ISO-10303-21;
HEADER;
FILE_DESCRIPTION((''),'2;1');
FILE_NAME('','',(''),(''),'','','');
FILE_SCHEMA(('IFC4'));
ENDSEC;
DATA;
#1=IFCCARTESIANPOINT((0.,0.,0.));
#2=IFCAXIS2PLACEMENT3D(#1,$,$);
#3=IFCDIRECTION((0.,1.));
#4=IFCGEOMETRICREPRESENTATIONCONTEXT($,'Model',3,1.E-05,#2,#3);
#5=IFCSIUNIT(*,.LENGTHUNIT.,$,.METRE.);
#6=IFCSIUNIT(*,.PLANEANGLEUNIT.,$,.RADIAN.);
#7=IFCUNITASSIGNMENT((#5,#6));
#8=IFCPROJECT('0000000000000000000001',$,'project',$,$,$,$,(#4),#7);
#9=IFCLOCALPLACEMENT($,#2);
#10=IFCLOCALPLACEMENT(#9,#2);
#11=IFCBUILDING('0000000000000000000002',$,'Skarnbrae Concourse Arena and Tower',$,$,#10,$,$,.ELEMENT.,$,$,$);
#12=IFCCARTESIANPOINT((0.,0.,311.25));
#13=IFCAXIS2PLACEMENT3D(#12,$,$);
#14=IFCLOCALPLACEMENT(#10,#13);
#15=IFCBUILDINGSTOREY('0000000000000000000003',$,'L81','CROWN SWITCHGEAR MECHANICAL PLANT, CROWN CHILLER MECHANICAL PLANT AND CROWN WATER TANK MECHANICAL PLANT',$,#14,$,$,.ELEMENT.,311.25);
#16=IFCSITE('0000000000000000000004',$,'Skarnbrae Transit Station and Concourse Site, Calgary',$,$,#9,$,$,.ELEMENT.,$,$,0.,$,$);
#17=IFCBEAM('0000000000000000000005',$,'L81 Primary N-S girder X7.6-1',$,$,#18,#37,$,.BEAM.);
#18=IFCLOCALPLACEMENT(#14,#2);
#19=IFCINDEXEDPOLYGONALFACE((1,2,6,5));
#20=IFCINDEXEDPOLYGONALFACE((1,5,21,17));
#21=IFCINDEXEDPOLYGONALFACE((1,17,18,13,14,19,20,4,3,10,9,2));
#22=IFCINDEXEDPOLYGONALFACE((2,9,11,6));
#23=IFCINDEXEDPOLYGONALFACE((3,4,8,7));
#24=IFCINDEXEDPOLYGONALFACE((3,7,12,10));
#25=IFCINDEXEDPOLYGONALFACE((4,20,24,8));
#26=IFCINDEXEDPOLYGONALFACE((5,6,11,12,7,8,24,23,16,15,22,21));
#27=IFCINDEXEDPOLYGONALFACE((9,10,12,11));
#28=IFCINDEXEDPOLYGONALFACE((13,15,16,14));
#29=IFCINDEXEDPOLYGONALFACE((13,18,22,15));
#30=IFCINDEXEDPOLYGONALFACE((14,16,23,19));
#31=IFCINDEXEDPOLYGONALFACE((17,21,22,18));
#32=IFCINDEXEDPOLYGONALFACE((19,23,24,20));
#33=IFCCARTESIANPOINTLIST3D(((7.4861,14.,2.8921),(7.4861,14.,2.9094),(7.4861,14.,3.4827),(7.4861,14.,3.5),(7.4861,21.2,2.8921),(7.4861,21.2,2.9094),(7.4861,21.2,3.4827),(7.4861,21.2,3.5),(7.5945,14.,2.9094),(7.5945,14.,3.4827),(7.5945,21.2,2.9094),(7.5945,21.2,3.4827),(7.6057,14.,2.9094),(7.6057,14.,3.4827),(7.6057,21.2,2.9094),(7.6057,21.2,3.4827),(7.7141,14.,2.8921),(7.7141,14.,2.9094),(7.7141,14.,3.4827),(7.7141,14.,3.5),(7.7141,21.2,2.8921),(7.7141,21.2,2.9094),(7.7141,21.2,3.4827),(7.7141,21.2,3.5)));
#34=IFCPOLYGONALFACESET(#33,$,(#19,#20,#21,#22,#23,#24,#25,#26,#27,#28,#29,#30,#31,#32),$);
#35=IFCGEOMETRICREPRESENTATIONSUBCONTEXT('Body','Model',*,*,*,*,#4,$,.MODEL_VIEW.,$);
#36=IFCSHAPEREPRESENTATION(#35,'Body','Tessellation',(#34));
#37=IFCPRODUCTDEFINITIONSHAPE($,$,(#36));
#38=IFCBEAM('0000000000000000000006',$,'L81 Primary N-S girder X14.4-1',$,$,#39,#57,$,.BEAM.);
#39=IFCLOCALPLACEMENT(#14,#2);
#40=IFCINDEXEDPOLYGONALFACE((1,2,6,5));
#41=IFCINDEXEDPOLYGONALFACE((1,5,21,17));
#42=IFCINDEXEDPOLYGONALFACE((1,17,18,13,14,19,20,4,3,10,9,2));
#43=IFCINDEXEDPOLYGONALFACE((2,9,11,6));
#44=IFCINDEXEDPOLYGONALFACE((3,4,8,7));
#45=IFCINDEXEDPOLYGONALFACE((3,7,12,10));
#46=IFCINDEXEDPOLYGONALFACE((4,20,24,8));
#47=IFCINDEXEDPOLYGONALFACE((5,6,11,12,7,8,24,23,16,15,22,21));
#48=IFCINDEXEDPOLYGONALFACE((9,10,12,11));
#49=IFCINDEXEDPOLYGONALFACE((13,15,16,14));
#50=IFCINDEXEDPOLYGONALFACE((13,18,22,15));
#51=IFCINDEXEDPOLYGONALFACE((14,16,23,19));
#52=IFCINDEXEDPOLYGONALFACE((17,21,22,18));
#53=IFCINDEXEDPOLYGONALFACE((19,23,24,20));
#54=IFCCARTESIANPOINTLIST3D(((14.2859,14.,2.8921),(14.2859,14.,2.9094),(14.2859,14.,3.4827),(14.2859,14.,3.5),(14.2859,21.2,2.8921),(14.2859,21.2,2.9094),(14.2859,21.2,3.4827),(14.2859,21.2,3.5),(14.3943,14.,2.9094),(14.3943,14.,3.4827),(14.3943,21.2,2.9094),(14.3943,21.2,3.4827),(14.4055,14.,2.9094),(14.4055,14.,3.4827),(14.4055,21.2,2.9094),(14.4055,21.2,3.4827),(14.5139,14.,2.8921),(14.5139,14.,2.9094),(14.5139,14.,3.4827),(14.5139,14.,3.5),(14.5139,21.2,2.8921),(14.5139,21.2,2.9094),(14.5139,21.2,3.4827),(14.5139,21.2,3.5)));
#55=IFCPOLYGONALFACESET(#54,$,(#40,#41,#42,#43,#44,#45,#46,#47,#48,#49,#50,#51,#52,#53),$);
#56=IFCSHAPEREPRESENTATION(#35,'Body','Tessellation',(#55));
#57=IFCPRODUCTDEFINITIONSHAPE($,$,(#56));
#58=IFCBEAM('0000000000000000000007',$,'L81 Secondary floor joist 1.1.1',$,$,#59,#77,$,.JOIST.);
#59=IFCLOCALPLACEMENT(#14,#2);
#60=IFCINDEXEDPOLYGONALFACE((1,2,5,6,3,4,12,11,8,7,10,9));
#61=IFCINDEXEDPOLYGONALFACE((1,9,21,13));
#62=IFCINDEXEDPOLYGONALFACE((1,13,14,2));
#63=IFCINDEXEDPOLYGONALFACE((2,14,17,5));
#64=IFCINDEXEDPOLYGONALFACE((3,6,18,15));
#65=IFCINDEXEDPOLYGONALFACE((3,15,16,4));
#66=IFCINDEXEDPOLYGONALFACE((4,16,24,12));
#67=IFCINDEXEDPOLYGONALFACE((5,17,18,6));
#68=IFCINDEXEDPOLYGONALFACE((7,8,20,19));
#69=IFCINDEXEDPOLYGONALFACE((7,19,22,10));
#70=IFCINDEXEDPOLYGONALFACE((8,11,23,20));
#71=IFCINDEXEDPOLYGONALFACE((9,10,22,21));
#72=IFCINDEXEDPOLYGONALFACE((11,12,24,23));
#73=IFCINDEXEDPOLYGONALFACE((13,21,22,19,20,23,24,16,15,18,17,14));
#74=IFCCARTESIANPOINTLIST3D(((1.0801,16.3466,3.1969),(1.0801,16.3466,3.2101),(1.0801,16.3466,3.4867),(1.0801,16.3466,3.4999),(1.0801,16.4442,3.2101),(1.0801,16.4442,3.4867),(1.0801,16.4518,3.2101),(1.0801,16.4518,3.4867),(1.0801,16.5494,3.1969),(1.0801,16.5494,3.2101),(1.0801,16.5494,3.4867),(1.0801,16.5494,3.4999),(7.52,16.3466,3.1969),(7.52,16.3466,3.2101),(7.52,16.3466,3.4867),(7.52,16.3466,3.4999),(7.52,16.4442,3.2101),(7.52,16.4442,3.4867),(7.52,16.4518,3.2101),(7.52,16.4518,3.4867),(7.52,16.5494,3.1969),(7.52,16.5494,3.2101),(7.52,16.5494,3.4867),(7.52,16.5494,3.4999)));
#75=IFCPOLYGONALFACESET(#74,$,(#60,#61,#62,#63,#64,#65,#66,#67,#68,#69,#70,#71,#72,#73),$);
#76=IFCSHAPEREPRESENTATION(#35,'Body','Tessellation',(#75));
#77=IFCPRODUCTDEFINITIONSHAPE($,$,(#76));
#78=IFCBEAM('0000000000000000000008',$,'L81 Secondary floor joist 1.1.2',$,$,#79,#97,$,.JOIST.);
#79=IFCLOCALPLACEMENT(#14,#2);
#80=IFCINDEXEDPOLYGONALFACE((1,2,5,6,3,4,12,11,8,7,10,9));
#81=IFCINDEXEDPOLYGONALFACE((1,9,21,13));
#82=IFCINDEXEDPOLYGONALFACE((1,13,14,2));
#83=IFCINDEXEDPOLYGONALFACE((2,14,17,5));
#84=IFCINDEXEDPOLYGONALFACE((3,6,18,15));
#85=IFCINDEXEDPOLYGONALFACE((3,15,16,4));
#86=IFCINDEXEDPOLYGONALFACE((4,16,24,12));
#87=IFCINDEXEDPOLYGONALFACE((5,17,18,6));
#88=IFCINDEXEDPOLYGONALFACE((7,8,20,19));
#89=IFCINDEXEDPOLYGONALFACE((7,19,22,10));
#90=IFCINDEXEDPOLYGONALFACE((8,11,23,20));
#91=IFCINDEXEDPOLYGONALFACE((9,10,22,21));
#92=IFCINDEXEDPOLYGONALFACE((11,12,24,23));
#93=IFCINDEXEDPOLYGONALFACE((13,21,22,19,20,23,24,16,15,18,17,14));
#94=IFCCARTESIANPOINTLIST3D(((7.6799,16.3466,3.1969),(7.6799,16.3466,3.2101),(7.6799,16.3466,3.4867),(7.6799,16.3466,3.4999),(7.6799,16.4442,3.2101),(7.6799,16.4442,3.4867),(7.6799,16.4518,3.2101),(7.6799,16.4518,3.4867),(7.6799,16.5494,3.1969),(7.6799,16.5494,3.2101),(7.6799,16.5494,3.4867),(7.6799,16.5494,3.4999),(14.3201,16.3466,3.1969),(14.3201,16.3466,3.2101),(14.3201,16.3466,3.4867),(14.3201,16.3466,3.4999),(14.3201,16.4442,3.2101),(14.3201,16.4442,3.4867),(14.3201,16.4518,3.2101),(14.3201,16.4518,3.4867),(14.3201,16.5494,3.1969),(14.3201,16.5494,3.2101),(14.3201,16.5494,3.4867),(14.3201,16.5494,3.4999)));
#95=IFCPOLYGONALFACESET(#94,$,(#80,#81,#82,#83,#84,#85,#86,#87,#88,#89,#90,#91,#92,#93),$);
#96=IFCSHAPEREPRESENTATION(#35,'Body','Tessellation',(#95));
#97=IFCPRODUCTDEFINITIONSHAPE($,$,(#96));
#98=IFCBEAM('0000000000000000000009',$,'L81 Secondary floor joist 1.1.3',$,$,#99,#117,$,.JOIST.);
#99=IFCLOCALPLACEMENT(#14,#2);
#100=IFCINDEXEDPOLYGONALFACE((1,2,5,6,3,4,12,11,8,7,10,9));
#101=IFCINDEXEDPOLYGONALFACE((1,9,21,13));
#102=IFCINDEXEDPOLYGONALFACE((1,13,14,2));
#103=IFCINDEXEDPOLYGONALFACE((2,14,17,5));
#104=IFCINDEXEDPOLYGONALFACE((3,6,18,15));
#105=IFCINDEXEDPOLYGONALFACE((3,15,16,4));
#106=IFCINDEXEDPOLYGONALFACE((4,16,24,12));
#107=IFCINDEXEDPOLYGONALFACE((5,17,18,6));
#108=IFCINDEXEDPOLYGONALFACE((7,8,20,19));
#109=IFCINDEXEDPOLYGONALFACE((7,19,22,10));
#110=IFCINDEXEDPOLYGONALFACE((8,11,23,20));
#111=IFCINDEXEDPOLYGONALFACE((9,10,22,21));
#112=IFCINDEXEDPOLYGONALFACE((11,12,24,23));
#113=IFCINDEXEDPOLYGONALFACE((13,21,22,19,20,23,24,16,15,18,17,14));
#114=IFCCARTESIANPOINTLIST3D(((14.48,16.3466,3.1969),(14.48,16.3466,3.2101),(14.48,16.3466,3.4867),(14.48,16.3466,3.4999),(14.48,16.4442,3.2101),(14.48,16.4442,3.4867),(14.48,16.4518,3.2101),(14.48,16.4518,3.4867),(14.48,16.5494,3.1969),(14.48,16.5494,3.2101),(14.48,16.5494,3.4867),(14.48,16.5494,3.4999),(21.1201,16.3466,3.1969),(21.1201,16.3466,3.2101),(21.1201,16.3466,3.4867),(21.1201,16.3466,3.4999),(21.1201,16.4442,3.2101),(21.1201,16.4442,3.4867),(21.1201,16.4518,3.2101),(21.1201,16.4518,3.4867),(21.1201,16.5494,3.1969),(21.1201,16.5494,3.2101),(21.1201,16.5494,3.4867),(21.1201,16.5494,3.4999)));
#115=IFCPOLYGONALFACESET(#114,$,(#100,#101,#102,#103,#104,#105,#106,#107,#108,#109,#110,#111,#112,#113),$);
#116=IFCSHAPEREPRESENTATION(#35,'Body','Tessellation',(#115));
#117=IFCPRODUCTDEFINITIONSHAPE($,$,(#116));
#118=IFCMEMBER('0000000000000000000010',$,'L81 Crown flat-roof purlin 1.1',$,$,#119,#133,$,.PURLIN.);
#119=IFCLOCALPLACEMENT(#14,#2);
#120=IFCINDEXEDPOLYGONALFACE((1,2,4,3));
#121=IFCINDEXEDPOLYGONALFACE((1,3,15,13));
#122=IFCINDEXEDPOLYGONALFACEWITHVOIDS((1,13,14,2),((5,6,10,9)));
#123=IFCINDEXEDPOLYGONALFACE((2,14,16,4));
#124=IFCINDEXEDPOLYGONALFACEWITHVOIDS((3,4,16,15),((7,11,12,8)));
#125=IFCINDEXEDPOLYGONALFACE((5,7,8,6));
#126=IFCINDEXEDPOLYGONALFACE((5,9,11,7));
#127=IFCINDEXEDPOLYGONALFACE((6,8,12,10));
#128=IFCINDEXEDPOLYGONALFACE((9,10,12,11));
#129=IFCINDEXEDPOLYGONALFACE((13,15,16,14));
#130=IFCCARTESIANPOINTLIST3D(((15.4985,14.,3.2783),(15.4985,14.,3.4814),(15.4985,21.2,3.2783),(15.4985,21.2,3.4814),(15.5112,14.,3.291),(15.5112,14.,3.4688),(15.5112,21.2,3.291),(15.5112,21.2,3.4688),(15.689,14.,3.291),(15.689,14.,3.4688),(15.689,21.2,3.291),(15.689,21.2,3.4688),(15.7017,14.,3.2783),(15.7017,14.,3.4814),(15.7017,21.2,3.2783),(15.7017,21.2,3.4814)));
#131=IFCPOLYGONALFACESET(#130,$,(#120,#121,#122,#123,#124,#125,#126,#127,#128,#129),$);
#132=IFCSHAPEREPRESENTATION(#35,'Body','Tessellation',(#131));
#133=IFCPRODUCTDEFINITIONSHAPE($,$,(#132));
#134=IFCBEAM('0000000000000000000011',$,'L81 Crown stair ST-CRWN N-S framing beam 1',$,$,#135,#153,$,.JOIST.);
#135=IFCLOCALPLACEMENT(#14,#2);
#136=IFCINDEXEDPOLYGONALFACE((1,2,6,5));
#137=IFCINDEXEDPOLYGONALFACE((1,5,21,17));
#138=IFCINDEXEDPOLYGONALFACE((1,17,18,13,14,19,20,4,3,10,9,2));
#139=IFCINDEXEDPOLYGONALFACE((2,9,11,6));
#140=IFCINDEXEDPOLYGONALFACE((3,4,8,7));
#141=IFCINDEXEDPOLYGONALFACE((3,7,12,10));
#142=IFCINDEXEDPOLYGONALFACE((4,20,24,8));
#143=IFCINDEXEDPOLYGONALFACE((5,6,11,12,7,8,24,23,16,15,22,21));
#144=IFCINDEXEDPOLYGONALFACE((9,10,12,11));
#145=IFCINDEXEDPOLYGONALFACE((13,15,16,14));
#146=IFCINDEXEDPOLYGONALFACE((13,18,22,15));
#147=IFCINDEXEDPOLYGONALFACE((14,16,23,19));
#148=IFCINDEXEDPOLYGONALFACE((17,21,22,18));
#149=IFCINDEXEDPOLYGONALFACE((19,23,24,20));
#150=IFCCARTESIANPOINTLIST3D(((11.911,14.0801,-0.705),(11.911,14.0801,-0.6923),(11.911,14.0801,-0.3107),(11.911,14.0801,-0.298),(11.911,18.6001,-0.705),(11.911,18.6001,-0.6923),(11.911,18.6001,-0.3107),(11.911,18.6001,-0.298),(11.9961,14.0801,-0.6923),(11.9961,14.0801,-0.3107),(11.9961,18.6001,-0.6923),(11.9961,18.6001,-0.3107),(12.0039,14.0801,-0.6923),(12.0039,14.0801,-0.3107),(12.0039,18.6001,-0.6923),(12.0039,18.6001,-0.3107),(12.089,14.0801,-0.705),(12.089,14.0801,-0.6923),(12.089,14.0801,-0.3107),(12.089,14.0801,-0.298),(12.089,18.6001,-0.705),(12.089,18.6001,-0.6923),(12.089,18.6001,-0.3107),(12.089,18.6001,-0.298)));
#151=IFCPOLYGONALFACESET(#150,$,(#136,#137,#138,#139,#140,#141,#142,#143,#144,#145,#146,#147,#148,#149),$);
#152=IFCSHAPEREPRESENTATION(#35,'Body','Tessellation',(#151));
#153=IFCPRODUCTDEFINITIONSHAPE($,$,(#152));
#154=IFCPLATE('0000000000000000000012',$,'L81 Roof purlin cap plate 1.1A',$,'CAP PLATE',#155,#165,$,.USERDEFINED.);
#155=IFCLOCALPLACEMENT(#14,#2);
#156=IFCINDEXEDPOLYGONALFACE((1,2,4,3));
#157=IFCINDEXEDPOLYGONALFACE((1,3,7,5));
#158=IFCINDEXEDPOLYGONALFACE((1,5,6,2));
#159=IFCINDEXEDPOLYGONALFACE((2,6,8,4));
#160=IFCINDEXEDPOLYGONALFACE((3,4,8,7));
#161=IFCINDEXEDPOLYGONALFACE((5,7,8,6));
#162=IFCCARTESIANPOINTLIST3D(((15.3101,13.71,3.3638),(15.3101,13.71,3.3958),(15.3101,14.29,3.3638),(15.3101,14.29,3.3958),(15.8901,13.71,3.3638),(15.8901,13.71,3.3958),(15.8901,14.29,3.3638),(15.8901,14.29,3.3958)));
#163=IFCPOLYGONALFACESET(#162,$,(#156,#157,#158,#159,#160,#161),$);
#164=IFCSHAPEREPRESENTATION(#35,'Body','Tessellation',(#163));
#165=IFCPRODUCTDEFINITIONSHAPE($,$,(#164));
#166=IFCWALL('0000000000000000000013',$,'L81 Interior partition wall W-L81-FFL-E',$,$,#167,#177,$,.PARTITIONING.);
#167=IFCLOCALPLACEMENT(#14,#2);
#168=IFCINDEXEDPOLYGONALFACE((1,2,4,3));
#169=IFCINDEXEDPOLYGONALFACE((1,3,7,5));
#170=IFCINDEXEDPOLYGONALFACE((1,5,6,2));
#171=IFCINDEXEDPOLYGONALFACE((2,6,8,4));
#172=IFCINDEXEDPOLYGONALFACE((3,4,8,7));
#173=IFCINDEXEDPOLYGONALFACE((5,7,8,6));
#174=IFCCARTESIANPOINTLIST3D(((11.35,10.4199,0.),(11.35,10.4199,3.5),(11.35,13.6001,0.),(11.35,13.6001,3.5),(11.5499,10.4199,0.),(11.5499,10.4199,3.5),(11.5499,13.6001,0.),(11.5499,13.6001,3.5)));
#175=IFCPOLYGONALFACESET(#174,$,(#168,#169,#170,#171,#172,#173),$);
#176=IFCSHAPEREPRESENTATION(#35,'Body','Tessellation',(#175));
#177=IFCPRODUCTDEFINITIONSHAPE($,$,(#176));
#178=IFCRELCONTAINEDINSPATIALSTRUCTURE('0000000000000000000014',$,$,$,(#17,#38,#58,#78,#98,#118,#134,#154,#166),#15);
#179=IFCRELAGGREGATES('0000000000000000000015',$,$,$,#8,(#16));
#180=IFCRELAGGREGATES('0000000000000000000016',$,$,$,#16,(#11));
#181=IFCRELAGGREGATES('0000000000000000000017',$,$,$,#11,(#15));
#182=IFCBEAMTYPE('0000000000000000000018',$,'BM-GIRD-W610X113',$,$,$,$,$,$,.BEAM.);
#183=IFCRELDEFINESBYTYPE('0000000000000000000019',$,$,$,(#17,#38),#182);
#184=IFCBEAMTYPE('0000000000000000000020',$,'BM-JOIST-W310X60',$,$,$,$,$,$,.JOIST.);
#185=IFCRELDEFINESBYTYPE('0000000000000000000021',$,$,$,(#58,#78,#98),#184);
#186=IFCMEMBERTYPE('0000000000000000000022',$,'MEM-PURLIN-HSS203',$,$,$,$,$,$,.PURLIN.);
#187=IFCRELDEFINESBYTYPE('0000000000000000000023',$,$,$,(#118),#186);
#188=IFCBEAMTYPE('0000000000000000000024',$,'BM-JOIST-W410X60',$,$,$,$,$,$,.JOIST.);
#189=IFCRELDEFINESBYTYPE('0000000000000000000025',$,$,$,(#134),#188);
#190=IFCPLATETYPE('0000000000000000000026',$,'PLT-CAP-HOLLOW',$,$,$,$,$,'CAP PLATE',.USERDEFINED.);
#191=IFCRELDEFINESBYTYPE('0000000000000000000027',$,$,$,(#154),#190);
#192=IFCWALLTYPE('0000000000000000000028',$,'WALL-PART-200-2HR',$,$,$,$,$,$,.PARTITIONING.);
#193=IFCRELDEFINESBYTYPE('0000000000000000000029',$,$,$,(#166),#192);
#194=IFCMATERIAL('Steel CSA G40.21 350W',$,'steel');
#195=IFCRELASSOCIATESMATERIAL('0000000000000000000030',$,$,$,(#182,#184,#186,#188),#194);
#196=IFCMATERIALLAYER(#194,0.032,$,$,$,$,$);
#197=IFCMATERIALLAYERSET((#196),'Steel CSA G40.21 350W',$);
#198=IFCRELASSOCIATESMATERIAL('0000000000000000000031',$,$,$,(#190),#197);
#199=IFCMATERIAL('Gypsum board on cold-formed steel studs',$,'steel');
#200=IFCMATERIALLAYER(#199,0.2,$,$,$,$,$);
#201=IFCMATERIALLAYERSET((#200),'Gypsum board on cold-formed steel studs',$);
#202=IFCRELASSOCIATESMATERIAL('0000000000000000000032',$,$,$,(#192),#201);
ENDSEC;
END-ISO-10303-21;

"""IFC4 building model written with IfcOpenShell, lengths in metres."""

from ifc_helpers import new_model, si_unit, direction, frame, frame_2d, origin, origin_2d, place, context, subcontext, project, spatial, rectangle, hollow_rectangle, i_section, extrude, source, transform, mapped, material, layer, layer_set, material_profile, profile_set, type_object, element, save


model = new_model("IFC4")

# Units and contexts
model_context = context("Model", 3, precision=1e-05, world=origin(), true_north=direction((0.0, 1.0)))
body_context = subcontext(model_context, "Body", "Model", "MODEL_VIEW")
ifc_project = project(units=[si_unit("LENGTHUNIT", "METRE"), si_unit("PLANEANGLEUNIT", "RADIAN")], contexts=[model_context])

# Site, building, storey
site_placement = place(None, origin())
site = spatial("IfcSite", under=ifc_project, at=site_placement, Name="Skarnbrae Transit Station and Concourse Site, Calgary", CompositionType="ELEMENT", RefElevation=0.0)
building_placement = place(site_placement, origin())
building = spatial("IfcBuilding", under=site, at=building_placement, Name="Skarnbrae Concourse Arena and Tower", CompositionType="ELEMENT")
storey_placement = place(building_placement, frame((0.0, 0.0, 311.25)))
storey = spatial("IfcBuildingStorey", under=building, at=storey_placement, Name="L81", Description="CROWN SWITCHGEAR MECHANICAL PLANT, CROWN CHILLER MECHANICAL PLANT AND CROWN WATER TANK MECHANICAL PLANT", CompositionType="ELEMENT", Elevation=311.25)

# Shared definitions
ifc_material_1 = material(Name="Steel CSA G40.21 350W", Category="steel")

# Beams
ifc_material_profile_1 = material_profile(ifc_material_1, i_section(OverallWidth=0.228, OverallDepth=0.6079, WebThickness=0.0112, FlangeThickness=0.0173, at=origin_2d()), Name="W610X113")
ifc_profile_set_1 = profile_set([ifc_material_profile_1], Name="Steel CSA G40.21 350W")
beam_type_1 = type_object("IfcBeamType", Name="BM-GIRD-W610X113", PredefinedType="BEAM", material=ifc_profile_set_1)
shared_shape_1 = source(origin(), body_context, "Body", "SweptSolid", [
    extrude(i_section(OverallWidth=0.228, OverallDepth=0.6079, WebThickness=0.0112, FlangeThickness=0.0173, at=origin_2d()), origin(), (0.0, 0.0, 1.0), 7.2),
])
for number, where, z_axis, x_axis, name in (
    (1, (7.6001, 14.0, 3.196), (0.0, 1.0, 0.0), (-1.0, 0.0, 0.0), "L81 Primary N-S girder X7.6-1"),
    (2, (14.3999, 14.0, 3.196), (0.0, 1.0, 0.0), (-1.0, 0.0, 0.0), "L81 Primary N-S girder X14.4-1"),
):
    element("IfcBeam", number, at=place(storey_placement, frame(where, z_axis=z_axis, x_axis=x_axis)), inside=storey, type_object=beam_type_1, Name=name, PredefinedType="BEAM", context=body_context, shape_type="MappedRepresentation", body=[
        mapped(shared_shape_1, transform((0.0, 0.0, 0.0))),
    ])
ifc_material_profile_2 = material_profile(ifc_material_1, i_section(OverallWidth=0.2029, OverallDepth=0.303, WebThickness=0.0076, FlangeThickness=0.0132, at=origin_2d()), Name="W310X60")
ifc_profile_set_2 = profile_set([ifc_material_profile_2], Name="Steel CSA G40.21 350W")
beam_type_2 = type_object("IfcBeamType", Name="BM-JOIST-W310X60", PredefinedType="JOIST", material=ifc_profile_set_2)
shared_shape_2 = source(origin(), body_context, "Body", "SweptSolid", [
    extrude(i_section(OverallWidth=0.2029, OverallDepth=0.303, WebThickness=0.0076, FlangeThickness=0.0132, at=origin_2d()), origin(), (0.0, 0.0, 1.0), 6.4399),
])
beam_1_placement = place(storey_placement, frame((1.0801, 16.448, 3.3484), z_axis=(1.0, 0.0, 0.0), x_axis=(0.0, 1.0, 0.0)))
element("IfcBeam", 3, at=beam_1_placement, inside=storey, type_object=beam_type_2, Name="L81 Secondary floor joist 1.1.1", PredefinedType="JOIST", context=body_context, shape_type="MappedRepresentation", body=[
    mapped(shared_shape_2, transform((0.0, 0.0, 0.0))),
])
shared_shape_3 = source(origin(), body_context, "Body", "SweptSolid", [
    extrude(i_section(OverallWidth=0.2029, OverallDepth=0.303, WebThickness=0.0076, FlangeThickness=0.0132, at=origin_2d()), origin(), (0.0, 0.0, 1.0), 6.6401),
])
for number, where, z_axis, x_axis, name in (
    (4, (7.6799, 16.448, 3.3484), (1.0, 0.0, 0.0), (0.0, 1.0, 0.0), "L81 Secondary floor joist 1.1.2"),
    (5, (14.48, 16.448, 3.3484), (1.0, 0.0, 0.0), (0.0, 1.0, 0.0), "L81 Secondary floor joist 1.1.3"),
):
    element("IfcBeam", number, at=place(storey_placement, frame(where, z_axis=z_axis, x_axis=x_axis)), inside=storey, type_object=beam_type_2, Name=name, PredefinedType="JOIST", context=body_context, shape_type="MappedRepresentation", body=[
        mapped(shared_shape_3, transform((0.0, 0.0, 0.0))),
    ])

# Member
ifc_material_profile_3 = material_profile(ifc_material_1, hollow_rectangle(XDim=0.2031, YDim=0.2031, WallThickness=0.0127, at=origin_2d()), Name="HSS203X203X12.7")
ifc_profile_set_3 = profile_set([ifc_material_profile_3], Name="Steel CSA G40.21 350W")
member_type = type_object("IfcMemberType", Name="MEM-PURLIN-HSS203", PredefinedType="PURLIN", material=ifc_profile_set_3)
shared_shape_4 = source(origin(), body_context, "Body", "SweptSolid", [
    extrude(hollow_rectangle(XDim=0.2031, YDim=0.2031, WallThickness=0.0127, at=origin_2d()), origin(), (0.0, 0.0, 1.0), 7.2),
])
member_placement = place(storey_placement, frame((15.6001, 14.0, 3.3799), z_axis=(0.0, 1.0, 0.0), x_axis=(-1.0, 0.0, 0.0)))
element("IfcMember", 6, at=member_placement, inside=storey, type_object=member_type, Name="L81 Crown flat-roof purlin 1.1", PredefinedType="PURLIN", context=body_context, shape_type="MappedRepresentation", body=[
    mapped(shared_shape_4, transform((0.0, 0.0, 0.0))),
])

# Beam
ifc_material_profile_4 = material_profile(ifc_material_1, i_section(OverallWidth=0.178, OverallDepth=0.407, WebThickness=0.0078, FlangeThickness=0.0127, at=origin_2d()), Name="W410X60")
ifc_profile_set_4 = profile_set([ifc_material_profile_4], Name="Steel CSA G40.21 350W")
beam_type_3 = type_object("IfcBeamType", Name="BM-JOIST-W410X60", PredefinedType="JOIST", material=ifc_profile_set_4)
shared_shape_5 = source(origin(), body_context, "Body", "SweptSolid", [
    extrude(i_section(OverallWidth=0.178, OverallDepth=0.407, WebThickness=0.0078, FlangeThickness=0.0127, at=origin_2d()), origin(), (0.0, 0.0, 1.0), 4.52),
])
beam_2_placement = place(storey_placement, frame((12.0, 14.0801, -0.5015), z_axis=(0.0, 1.0, 0.0), x_axis=(-1.0, 0.0, 0.0)))
element("IfcBeam", 7, at=beam_2_placement, inside=storey, type_object=beam_type_3, Name="L81 Crown stair ST-CRWN N-S framing beam 1", PredefinedType="JOIST", context=body_context, shape_type="MappedRepresentation", body=[
    mapped(shared_shape_5, transform((0.0, 0.0, 0.0))),
])

# Plate
ifc_layer_1 = layer(ifc_material_1, 0.032)
ifc_layer_set_1 = layer_set([ifc_layer_1], Name="Steel CSA G40.21 350W")
plate_type = type_object("IfcPlateType", Name="PLT-CAP-HOLLOW", ElementType="CAP PLATE", PredefinedType="USERDEFINED", material=ifc_layer_set_1)
shared_shape_6 = source(origin(), body_context, "Body", "SweptSolid", [
    extrude(rectangle(XDim=0.5801, YDim=0.5801, at=origin_2d()), origin(), (0.0, 0.0, 1.0), 0.032),
])
plate_placement = place(storey_placement, frame((15.6001, 14.0, 3.3638), z_axis=(0.0, 0.0, 1.0), x_axis=(1.0, 0.0, 0.0)))
element("IfcPlate", 8, at=plate_placement, inside=storey, type_object=plate_type, Name="L81 Roof purlin cap plate 1.1A", ObjectType="CAP PLATE", PredefinedType="USERDEFINED", context=body_context, shape_type="MappedRepresentation", body=[
    mapped(shared_shape_6, transform((0.0, 0.0, 0.0))),
])

# Wall
ifc_material_2 = material(Name="Gypsum board on cold-formed steel studs", Category="steel")
ifc_layer_2 = layer(ifc_material_2, 0.2)
ifc_layer_set_2 = layer_set([ifc_layer_2], Name="Gypsum board on cold-formed steel studs")
wall_type_1 = type_object("IfcWallType", Name="WALL-PART-200-2HR", PredefinedType="PARTITIONING", material=ifc_layer_set_2)
shared_shape_7 = source(origin(), body_context, "Body", "SweptSolid", [
    extrude(rectangle(XDim=3.1802, YDim=0.2, at=frame_2d((1.5901, 0.0))), origin(), (0.0, 0.0, 1.0), 3.5),
])
wall_1_placement = place(storey_placement, frame((11.45, 10.4199, 0.0), z_axis=(0.0, 0.0, 1.0), x_axis=(0.0, 1.0, 0.0)))
element("IfcWall", 9, at=wall_1_placement, inside=storey, type_object=wall_type_1, Name="L81 Interior partition wall W-L81-FFL-E", PredefinedType="PARTITIONING", context=body_context, shape_type="MappedRepresentation", body=[
    mapped(shared_shape_7, transform((0.0, 0.0, 0.0))),
])

save(model, "model.ifc")
